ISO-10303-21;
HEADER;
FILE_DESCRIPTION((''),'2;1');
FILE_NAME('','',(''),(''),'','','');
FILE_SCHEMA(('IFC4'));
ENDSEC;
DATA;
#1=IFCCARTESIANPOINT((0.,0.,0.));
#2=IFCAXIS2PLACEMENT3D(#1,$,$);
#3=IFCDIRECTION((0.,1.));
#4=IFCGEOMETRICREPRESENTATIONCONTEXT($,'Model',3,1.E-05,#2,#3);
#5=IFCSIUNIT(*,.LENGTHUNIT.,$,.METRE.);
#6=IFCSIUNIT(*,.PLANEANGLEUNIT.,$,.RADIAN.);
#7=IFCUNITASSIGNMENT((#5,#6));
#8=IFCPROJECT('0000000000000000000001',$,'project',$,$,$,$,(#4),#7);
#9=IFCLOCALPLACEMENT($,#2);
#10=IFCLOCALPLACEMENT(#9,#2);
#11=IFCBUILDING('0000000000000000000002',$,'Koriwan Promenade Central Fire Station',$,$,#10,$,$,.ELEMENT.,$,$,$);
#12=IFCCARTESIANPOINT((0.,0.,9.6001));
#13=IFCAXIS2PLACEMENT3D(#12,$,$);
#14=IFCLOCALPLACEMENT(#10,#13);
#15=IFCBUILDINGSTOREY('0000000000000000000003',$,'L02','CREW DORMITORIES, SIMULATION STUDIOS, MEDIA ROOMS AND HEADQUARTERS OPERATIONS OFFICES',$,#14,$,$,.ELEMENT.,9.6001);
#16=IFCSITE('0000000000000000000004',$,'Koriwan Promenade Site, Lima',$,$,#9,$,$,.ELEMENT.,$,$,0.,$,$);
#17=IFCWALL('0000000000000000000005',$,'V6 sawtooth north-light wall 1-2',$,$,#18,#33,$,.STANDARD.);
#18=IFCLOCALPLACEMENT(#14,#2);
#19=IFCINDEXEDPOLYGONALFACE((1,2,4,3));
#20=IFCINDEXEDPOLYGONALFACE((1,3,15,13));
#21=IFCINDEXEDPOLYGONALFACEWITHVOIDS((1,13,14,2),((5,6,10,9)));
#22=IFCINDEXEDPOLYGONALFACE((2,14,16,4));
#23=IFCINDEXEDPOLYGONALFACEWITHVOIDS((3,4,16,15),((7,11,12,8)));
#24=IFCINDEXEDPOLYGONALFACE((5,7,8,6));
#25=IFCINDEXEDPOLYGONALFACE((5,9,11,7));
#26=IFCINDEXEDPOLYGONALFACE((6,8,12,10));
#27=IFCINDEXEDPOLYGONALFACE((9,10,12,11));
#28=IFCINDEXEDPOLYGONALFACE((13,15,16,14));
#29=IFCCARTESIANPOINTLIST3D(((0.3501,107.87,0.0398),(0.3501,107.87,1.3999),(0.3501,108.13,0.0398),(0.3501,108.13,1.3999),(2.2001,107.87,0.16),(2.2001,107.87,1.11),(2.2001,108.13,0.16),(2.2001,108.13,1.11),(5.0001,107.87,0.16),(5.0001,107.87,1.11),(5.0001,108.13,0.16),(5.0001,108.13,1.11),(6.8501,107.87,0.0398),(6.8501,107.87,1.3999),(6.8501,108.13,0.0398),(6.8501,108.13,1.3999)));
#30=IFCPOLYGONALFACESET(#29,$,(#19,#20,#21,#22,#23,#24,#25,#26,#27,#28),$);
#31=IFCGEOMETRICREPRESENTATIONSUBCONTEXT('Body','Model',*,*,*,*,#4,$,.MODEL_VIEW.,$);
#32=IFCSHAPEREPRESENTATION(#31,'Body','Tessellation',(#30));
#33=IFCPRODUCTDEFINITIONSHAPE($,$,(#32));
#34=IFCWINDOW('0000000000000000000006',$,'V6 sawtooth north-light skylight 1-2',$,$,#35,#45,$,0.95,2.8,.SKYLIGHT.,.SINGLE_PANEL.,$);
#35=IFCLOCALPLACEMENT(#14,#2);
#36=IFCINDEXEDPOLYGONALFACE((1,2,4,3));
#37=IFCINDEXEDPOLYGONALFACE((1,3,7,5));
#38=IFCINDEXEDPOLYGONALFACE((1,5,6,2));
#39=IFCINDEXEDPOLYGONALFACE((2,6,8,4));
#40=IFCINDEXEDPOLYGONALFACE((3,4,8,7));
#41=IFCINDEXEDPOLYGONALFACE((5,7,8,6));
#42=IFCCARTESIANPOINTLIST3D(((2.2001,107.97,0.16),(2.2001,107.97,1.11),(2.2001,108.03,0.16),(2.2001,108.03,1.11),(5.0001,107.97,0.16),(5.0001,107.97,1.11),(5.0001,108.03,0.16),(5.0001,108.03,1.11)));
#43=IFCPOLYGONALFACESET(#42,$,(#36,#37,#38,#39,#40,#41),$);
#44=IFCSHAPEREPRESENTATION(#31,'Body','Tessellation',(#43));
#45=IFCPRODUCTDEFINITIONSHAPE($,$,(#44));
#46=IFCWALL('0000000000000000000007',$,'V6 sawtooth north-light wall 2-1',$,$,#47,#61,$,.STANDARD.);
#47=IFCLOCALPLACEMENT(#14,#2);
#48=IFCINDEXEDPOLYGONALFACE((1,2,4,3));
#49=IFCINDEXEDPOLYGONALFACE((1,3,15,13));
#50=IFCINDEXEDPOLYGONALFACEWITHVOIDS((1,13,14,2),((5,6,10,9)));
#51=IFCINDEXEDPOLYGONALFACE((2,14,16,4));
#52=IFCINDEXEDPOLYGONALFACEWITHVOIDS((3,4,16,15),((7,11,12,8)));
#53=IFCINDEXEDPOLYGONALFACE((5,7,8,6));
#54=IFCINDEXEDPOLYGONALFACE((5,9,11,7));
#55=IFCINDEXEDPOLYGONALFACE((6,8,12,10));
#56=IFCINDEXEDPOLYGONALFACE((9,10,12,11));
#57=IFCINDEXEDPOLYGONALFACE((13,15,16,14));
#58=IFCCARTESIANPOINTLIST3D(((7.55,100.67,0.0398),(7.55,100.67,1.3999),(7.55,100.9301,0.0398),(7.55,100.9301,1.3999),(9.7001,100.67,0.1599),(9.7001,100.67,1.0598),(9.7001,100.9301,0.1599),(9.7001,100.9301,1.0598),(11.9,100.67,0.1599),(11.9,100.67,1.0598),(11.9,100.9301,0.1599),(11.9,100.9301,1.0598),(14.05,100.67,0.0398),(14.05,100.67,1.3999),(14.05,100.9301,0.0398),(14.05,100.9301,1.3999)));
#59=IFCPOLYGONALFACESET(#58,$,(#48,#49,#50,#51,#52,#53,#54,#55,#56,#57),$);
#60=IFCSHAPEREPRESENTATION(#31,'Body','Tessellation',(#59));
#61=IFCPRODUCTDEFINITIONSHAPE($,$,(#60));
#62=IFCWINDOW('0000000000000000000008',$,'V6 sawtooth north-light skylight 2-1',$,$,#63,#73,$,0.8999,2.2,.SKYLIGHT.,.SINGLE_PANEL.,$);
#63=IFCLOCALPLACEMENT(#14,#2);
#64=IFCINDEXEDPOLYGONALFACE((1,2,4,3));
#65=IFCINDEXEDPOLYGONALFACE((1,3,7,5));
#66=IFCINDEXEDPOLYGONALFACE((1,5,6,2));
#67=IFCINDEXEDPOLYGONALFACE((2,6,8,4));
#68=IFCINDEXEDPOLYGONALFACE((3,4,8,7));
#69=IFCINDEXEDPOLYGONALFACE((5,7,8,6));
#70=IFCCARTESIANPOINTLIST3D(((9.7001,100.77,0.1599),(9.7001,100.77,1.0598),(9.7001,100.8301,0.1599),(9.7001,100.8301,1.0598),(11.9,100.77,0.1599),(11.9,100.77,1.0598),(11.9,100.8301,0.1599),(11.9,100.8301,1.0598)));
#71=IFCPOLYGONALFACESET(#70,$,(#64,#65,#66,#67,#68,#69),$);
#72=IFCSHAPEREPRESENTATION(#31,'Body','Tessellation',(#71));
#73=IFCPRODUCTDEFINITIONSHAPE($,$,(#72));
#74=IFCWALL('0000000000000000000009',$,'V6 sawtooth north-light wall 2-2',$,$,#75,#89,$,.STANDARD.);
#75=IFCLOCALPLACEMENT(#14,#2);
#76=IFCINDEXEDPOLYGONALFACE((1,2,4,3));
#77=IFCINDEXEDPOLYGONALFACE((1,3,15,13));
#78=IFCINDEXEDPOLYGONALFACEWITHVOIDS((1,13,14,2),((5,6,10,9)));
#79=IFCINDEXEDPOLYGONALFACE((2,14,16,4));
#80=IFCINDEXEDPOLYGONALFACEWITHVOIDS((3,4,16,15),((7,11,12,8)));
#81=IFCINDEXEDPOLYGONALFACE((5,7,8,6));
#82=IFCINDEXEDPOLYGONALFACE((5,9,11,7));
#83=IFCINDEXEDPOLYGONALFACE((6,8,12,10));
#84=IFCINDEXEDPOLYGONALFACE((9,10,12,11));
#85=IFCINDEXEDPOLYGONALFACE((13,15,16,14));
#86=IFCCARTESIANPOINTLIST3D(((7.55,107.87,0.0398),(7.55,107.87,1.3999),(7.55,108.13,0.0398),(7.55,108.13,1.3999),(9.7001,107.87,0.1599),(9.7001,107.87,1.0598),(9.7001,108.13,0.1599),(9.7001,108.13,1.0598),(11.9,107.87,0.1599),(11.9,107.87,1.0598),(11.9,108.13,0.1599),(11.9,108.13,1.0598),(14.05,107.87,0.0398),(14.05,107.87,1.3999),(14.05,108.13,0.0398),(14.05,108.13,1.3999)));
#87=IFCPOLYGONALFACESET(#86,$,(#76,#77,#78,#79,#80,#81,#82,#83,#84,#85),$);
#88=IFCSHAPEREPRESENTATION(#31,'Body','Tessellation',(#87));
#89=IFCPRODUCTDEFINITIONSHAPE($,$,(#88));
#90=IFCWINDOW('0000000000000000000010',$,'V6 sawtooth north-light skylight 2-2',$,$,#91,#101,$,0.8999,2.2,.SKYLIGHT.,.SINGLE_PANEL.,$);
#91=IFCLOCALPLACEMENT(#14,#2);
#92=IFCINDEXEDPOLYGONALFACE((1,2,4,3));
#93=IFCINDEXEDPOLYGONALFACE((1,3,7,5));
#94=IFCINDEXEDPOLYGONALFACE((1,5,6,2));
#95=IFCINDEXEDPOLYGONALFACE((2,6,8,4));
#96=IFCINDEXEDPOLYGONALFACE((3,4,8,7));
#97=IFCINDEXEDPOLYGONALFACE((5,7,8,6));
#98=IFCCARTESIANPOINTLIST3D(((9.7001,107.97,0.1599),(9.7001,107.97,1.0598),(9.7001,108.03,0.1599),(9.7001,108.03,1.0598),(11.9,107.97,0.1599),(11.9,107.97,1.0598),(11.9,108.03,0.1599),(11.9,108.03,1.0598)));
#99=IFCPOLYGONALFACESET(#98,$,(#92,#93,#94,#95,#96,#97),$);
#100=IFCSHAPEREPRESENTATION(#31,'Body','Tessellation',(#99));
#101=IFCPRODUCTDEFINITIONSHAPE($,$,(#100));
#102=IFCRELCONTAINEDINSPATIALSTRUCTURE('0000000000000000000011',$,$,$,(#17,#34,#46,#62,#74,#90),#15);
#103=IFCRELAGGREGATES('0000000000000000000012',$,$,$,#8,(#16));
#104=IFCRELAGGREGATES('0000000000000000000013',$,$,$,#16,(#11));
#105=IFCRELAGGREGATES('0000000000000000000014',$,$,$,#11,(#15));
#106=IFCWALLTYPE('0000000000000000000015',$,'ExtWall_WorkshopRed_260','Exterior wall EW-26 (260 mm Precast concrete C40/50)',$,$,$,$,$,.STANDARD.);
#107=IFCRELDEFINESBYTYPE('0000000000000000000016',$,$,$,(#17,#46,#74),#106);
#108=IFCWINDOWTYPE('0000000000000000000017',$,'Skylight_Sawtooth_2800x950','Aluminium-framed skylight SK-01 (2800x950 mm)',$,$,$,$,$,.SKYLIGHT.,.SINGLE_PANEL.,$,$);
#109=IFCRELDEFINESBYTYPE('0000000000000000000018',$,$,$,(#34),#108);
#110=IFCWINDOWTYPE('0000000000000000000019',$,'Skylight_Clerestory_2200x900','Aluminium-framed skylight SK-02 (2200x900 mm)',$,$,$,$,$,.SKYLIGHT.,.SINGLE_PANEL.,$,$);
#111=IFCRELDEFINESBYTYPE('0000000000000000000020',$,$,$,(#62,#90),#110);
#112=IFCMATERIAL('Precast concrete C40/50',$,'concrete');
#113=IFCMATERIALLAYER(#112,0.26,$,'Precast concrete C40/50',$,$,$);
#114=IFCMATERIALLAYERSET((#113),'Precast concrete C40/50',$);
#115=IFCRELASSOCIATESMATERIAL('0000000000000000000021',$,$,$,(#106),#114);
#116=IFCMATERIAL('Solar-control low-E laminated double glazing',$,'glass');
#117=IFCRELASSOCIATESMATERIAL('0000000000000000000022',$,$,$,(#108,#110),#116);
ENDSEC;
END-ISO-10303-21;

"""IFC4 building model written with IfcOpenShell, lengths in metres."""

from ifc_helpers import new_model, si_unit, direction, frame, frame_2d, origin, place, context, subcontext, project, spatial, rectangle, extrude, material, layer, layer_set, type_object, element, fill, save


model = new_model("IFC4")

# Units and contexts
model_context = context("Model", 3, precision=1e-05, world=origin(), true_north=direction((0.0, 1.0)))
body_context = subcontext(model_context, "Body", "Model", "MODEL_VIEW")
ifc_project = project(units=[si_unit("LENGTHUNIT", "METRE"), si_unit("PLANEANGLEUNIT", "RADIAN")], contexts=[model_context])

# Site, building, storey
site_placement = place(None, origin())
site = spatial("IfcSite", under=ifc_project, at=site_placement, Name="Koriwan Promenade Site, Lima", CompositionType="ELEMENT", RefElevation=0.0)
building_placement = place(site_placement, origin())
building = spatial("IfcBuilding", under=site, at=building_placement, Name="Koriwan Promenade Central Fire Station", CompositionType="ELEMENT")
storey_placement = place(building_placement, frame((0.0, 0.0, 9.6001)))
storey = spatial("IfcBuildingStorey", under=building, at=storey_placement, Name="L02", Description="CREW DORMITORIES, SIMULATION STUDIOS, MEDIA ROOMS AND HEADQUARTERS OPERATIONS OFFICES", CompositionType="ELEMENT", Elevation=9.6001)

# Walls, openings, windows
ifc_material_1 = material(Name="Precast concrete C40/50", Category="concrete")
ifc_layer_1 = layer(ifc_material_1, 0.26, Name="Precast concrete C40/50")
ifc_layer_set_1 = layer_set([ifc_layer_1], Name="Precast concrete C40/50")
wall_type = type_object("IfcWallType", Name="ExtWall_WorkshopRed_260", Description="Exterior wall EW-26 (260 mm Precast concrete C40/50)", PredefinedType="STANDARD", material=ifc_layer_set_1)
ifc_material_2 = material(Name="Solar-control low-E laminated double glazing", Category="glass")
window_type_1 = type_object("IfcWindowType", Name="Skylight_Sawtooth_2800x950", Description="Aluminium-framed skylight SK-01 (2800x950 mm)", PartitioningType="SINGLE_PANEL", PredefinedType="SKYLIGHT", material=ifc_material_2)
wall_1_placement = place(storey_placement, frame((0.3501, 108.0, 0.0398), z_axis=(0.0, 0.0, 1.0), x_axis=(1.0, 0.0, 0.0)))
wall_1 = element("IfcWall", 1, at=wall_1_placement, inside=storey, type_object=wall_type, Name="V6 sawtooth north-light wall 1-2", PredefinedType="STANDARD", context=body_context, shape_type="SweptSolid", body=[
    extrude(rectangle(XDim=6.5, YDim=0.26, at=frame_2d((3.25, 0.0))), origin(), (0.0, 0.0, 1.0), 1.3601),
])
opening_1_placement = place(wall_1_placement, frame((1.8501, 0.0, 0.1201)))
opening_1 = element("IfcOpeningElement", 2, at=opening_1_placement, cuts=wall_1, PredefinedType="OPENING", context=body_context, shape_type="SweptSolid", body=[
    extrude(rectangle(XDim=2.8, YDim=0.95, at=frame_2d((1.3999, 0.4751))), frame((0.0, 0.1421, 0.0), z_axis=(0.0, -1.0, 0.0), x_axis=(1.0, 0.0, 0.0)), (0.0, 0.0, 1.0), 0.2839),
])
window_1_placement = place(opening_1_placement, origin())
window_1 = element("IfcWindow", 3, at=window_1_placement, inside=storey, type_object=window_type_1, Name="V6 sawtooth north-light skylight 1-2", OverallHeight=0.95, OverallWidth=2.8, PartitioningType="SINGLE_PANEL", PredefinedType="SKYLIGHT", context=body_context, shape_type="SweptSolid", body=[
    extrude(rectangle(XDim=2.8, YDim=0.95, at=frame_2d((1.3999, 0.4751))), frame((0.0, 0.03, 0.0), z_axis=(0.0, -1.0, 0.0), x_axis=(1.0, 0.0, 0.0)), (0.0, 0.0, 1.0), 0.0601),
])
fill(opening_1, window_1)
wall_2_placement = place(storey_placement, frame((7.55, 100.8, 0.0398), z_axis=(0.0, 0.0, 1.0), x_axis=(1.0, 0.0, 0.0)))
wall_2 = element("IfcWall", 4, at=wall_2_placement, inside=storey, type_object=wall_type, Name="V6 sawtooth north-light wall 2-1", PredefinedType="STANDARD", context=body_context, shape_type="SweptSolid", body=[
    extrude(rectangle(XDim=6.5, YDim=0.26, at=frame_2d((3.25, 0.0))), origin(), (0.0, 0.0, 1.0), 1.3601),
])
opening_2_placement = place(wall_2_placement, frame((2.1499, 0.0, 0.1201)))
opening_2 = element("IfcOpeningElement", 5, at=opening_2_placement, cuts=wall_2, PredefinedType="OPENING", context=body_context, shape_type="SweptSolid", body=[
    extrude(rectangle(XDim=2.2, YDim=0.8999, at=frame_2d((1.1001, 0.45))), frame((0.0, 0.1421, 0.0), z_axis=(0.0, -1.0, 0.0), x_axis=(1.0, 0.0, 0.0)), (0.0, 0.0, 1.0), 0.2839),
])
window_type_2 = type_object("IfcWindowType", Name="Skylight_Clerestory_2200x900", Description="Aluminium-framed skylight SK-02 (2200x900 mm)", PartitioningType="SINGLE_PANEL", PredefinedType="SKYLIGHT", material=ifc_material_2)
window_2_placement = place(opening_2_placement, origin())
window_2 = element("IfcWindow", 6, at=window_2_placement, inside=storey, type_object=window_type_2, Name="V6 sawtooth north-light skylight 2-1", OverallHeight=0.8999, OverallWidth=2.2, PartitioningType="SINGLE_PANEL", PredefinedType="SKYLIGHT", context=body_context, shape_type="SweptSolid", body=[
    extrude(rectangle(XDim=2.2, YDim=0.8999, at=frame_2d((1.1001, 0.45))), frame((0.0, 0.03, 0.0), z_axis=(0.0, -1.0, 0.0), x_axis=(1.0, 0.0, 0.0)), (0.0, 0.0, 1.0), 0.0601),
])
fill(opening_2, window_2)
wall_3_placement = place(storey_placement, frame((7.55, 108.0, 0.0398), z_axis=(0.0, 0.0, 1.0), x_axis=(1.0, 0.0, 0.0)))
wall_3 = element("IfcWall", 7, at=wall_3_placement, inside=storey, type_object=wall_type, Name="V6 sawtooth north-light wall 2-2", PredefinedType="STANDARD", context=body_context, shape_type="SweptSolid", body=[
    extrude(rectangle(XDim=6.5, YDim=0.26, at=frame_2d((3.25, 0.0))), origin(), (0.0, 0.0, 1.0), 1.3601),
])
opening_3_placement = place(wall_3_placement, frame((2.1499, 0.0, 0.1201)))
opening_3 = element("IfcOpeningElement", 8, at=opening_3_placement, cuts=wall_3, PredefinedType="OPENING", context=body_context, shape_type="SweptSolid", body=[
    extrude(rectangle(XDim=2.2, YDim=0.8999, at=frame_2d((1.1001, 0.45))), frame((0.0, 0.1421, 0.0), z_axis=(0.0, -1.0, 0.0), x_axis=(1.0, 0.0, 0.0)), (0.0, 0.0, 1.0), 0.2839),
])
window_3_placement = place(opening_3_placement, origin())
window_3 = element("IfcWindow", 9, at=window_3_placement, inside=storey, type_object=window_type_2, Name="V6 sawtooth north-light skylight 2-2", OverallHeight=0.8999, OverallWidth=2.2, PartitioningType="SINGLE_PANEL", PredefinedType="SKYLIGHT", context=body_context, shape_type="SweptSolid", body=[
    extrude(rectangle(XDim=2.2, YDim=0.8999, at=frame_2d((1.1001, 0.45))), frame((0.0, 0.03, 0.0), z_axis=(0.0, -1.0, 0.0), x_axis=(1.0, 0.0, 0.0)), (0.0, 0.0, 1.0), 0.0601),
])
fill(opening_3, window_3)

save(model, "model.ifc")
